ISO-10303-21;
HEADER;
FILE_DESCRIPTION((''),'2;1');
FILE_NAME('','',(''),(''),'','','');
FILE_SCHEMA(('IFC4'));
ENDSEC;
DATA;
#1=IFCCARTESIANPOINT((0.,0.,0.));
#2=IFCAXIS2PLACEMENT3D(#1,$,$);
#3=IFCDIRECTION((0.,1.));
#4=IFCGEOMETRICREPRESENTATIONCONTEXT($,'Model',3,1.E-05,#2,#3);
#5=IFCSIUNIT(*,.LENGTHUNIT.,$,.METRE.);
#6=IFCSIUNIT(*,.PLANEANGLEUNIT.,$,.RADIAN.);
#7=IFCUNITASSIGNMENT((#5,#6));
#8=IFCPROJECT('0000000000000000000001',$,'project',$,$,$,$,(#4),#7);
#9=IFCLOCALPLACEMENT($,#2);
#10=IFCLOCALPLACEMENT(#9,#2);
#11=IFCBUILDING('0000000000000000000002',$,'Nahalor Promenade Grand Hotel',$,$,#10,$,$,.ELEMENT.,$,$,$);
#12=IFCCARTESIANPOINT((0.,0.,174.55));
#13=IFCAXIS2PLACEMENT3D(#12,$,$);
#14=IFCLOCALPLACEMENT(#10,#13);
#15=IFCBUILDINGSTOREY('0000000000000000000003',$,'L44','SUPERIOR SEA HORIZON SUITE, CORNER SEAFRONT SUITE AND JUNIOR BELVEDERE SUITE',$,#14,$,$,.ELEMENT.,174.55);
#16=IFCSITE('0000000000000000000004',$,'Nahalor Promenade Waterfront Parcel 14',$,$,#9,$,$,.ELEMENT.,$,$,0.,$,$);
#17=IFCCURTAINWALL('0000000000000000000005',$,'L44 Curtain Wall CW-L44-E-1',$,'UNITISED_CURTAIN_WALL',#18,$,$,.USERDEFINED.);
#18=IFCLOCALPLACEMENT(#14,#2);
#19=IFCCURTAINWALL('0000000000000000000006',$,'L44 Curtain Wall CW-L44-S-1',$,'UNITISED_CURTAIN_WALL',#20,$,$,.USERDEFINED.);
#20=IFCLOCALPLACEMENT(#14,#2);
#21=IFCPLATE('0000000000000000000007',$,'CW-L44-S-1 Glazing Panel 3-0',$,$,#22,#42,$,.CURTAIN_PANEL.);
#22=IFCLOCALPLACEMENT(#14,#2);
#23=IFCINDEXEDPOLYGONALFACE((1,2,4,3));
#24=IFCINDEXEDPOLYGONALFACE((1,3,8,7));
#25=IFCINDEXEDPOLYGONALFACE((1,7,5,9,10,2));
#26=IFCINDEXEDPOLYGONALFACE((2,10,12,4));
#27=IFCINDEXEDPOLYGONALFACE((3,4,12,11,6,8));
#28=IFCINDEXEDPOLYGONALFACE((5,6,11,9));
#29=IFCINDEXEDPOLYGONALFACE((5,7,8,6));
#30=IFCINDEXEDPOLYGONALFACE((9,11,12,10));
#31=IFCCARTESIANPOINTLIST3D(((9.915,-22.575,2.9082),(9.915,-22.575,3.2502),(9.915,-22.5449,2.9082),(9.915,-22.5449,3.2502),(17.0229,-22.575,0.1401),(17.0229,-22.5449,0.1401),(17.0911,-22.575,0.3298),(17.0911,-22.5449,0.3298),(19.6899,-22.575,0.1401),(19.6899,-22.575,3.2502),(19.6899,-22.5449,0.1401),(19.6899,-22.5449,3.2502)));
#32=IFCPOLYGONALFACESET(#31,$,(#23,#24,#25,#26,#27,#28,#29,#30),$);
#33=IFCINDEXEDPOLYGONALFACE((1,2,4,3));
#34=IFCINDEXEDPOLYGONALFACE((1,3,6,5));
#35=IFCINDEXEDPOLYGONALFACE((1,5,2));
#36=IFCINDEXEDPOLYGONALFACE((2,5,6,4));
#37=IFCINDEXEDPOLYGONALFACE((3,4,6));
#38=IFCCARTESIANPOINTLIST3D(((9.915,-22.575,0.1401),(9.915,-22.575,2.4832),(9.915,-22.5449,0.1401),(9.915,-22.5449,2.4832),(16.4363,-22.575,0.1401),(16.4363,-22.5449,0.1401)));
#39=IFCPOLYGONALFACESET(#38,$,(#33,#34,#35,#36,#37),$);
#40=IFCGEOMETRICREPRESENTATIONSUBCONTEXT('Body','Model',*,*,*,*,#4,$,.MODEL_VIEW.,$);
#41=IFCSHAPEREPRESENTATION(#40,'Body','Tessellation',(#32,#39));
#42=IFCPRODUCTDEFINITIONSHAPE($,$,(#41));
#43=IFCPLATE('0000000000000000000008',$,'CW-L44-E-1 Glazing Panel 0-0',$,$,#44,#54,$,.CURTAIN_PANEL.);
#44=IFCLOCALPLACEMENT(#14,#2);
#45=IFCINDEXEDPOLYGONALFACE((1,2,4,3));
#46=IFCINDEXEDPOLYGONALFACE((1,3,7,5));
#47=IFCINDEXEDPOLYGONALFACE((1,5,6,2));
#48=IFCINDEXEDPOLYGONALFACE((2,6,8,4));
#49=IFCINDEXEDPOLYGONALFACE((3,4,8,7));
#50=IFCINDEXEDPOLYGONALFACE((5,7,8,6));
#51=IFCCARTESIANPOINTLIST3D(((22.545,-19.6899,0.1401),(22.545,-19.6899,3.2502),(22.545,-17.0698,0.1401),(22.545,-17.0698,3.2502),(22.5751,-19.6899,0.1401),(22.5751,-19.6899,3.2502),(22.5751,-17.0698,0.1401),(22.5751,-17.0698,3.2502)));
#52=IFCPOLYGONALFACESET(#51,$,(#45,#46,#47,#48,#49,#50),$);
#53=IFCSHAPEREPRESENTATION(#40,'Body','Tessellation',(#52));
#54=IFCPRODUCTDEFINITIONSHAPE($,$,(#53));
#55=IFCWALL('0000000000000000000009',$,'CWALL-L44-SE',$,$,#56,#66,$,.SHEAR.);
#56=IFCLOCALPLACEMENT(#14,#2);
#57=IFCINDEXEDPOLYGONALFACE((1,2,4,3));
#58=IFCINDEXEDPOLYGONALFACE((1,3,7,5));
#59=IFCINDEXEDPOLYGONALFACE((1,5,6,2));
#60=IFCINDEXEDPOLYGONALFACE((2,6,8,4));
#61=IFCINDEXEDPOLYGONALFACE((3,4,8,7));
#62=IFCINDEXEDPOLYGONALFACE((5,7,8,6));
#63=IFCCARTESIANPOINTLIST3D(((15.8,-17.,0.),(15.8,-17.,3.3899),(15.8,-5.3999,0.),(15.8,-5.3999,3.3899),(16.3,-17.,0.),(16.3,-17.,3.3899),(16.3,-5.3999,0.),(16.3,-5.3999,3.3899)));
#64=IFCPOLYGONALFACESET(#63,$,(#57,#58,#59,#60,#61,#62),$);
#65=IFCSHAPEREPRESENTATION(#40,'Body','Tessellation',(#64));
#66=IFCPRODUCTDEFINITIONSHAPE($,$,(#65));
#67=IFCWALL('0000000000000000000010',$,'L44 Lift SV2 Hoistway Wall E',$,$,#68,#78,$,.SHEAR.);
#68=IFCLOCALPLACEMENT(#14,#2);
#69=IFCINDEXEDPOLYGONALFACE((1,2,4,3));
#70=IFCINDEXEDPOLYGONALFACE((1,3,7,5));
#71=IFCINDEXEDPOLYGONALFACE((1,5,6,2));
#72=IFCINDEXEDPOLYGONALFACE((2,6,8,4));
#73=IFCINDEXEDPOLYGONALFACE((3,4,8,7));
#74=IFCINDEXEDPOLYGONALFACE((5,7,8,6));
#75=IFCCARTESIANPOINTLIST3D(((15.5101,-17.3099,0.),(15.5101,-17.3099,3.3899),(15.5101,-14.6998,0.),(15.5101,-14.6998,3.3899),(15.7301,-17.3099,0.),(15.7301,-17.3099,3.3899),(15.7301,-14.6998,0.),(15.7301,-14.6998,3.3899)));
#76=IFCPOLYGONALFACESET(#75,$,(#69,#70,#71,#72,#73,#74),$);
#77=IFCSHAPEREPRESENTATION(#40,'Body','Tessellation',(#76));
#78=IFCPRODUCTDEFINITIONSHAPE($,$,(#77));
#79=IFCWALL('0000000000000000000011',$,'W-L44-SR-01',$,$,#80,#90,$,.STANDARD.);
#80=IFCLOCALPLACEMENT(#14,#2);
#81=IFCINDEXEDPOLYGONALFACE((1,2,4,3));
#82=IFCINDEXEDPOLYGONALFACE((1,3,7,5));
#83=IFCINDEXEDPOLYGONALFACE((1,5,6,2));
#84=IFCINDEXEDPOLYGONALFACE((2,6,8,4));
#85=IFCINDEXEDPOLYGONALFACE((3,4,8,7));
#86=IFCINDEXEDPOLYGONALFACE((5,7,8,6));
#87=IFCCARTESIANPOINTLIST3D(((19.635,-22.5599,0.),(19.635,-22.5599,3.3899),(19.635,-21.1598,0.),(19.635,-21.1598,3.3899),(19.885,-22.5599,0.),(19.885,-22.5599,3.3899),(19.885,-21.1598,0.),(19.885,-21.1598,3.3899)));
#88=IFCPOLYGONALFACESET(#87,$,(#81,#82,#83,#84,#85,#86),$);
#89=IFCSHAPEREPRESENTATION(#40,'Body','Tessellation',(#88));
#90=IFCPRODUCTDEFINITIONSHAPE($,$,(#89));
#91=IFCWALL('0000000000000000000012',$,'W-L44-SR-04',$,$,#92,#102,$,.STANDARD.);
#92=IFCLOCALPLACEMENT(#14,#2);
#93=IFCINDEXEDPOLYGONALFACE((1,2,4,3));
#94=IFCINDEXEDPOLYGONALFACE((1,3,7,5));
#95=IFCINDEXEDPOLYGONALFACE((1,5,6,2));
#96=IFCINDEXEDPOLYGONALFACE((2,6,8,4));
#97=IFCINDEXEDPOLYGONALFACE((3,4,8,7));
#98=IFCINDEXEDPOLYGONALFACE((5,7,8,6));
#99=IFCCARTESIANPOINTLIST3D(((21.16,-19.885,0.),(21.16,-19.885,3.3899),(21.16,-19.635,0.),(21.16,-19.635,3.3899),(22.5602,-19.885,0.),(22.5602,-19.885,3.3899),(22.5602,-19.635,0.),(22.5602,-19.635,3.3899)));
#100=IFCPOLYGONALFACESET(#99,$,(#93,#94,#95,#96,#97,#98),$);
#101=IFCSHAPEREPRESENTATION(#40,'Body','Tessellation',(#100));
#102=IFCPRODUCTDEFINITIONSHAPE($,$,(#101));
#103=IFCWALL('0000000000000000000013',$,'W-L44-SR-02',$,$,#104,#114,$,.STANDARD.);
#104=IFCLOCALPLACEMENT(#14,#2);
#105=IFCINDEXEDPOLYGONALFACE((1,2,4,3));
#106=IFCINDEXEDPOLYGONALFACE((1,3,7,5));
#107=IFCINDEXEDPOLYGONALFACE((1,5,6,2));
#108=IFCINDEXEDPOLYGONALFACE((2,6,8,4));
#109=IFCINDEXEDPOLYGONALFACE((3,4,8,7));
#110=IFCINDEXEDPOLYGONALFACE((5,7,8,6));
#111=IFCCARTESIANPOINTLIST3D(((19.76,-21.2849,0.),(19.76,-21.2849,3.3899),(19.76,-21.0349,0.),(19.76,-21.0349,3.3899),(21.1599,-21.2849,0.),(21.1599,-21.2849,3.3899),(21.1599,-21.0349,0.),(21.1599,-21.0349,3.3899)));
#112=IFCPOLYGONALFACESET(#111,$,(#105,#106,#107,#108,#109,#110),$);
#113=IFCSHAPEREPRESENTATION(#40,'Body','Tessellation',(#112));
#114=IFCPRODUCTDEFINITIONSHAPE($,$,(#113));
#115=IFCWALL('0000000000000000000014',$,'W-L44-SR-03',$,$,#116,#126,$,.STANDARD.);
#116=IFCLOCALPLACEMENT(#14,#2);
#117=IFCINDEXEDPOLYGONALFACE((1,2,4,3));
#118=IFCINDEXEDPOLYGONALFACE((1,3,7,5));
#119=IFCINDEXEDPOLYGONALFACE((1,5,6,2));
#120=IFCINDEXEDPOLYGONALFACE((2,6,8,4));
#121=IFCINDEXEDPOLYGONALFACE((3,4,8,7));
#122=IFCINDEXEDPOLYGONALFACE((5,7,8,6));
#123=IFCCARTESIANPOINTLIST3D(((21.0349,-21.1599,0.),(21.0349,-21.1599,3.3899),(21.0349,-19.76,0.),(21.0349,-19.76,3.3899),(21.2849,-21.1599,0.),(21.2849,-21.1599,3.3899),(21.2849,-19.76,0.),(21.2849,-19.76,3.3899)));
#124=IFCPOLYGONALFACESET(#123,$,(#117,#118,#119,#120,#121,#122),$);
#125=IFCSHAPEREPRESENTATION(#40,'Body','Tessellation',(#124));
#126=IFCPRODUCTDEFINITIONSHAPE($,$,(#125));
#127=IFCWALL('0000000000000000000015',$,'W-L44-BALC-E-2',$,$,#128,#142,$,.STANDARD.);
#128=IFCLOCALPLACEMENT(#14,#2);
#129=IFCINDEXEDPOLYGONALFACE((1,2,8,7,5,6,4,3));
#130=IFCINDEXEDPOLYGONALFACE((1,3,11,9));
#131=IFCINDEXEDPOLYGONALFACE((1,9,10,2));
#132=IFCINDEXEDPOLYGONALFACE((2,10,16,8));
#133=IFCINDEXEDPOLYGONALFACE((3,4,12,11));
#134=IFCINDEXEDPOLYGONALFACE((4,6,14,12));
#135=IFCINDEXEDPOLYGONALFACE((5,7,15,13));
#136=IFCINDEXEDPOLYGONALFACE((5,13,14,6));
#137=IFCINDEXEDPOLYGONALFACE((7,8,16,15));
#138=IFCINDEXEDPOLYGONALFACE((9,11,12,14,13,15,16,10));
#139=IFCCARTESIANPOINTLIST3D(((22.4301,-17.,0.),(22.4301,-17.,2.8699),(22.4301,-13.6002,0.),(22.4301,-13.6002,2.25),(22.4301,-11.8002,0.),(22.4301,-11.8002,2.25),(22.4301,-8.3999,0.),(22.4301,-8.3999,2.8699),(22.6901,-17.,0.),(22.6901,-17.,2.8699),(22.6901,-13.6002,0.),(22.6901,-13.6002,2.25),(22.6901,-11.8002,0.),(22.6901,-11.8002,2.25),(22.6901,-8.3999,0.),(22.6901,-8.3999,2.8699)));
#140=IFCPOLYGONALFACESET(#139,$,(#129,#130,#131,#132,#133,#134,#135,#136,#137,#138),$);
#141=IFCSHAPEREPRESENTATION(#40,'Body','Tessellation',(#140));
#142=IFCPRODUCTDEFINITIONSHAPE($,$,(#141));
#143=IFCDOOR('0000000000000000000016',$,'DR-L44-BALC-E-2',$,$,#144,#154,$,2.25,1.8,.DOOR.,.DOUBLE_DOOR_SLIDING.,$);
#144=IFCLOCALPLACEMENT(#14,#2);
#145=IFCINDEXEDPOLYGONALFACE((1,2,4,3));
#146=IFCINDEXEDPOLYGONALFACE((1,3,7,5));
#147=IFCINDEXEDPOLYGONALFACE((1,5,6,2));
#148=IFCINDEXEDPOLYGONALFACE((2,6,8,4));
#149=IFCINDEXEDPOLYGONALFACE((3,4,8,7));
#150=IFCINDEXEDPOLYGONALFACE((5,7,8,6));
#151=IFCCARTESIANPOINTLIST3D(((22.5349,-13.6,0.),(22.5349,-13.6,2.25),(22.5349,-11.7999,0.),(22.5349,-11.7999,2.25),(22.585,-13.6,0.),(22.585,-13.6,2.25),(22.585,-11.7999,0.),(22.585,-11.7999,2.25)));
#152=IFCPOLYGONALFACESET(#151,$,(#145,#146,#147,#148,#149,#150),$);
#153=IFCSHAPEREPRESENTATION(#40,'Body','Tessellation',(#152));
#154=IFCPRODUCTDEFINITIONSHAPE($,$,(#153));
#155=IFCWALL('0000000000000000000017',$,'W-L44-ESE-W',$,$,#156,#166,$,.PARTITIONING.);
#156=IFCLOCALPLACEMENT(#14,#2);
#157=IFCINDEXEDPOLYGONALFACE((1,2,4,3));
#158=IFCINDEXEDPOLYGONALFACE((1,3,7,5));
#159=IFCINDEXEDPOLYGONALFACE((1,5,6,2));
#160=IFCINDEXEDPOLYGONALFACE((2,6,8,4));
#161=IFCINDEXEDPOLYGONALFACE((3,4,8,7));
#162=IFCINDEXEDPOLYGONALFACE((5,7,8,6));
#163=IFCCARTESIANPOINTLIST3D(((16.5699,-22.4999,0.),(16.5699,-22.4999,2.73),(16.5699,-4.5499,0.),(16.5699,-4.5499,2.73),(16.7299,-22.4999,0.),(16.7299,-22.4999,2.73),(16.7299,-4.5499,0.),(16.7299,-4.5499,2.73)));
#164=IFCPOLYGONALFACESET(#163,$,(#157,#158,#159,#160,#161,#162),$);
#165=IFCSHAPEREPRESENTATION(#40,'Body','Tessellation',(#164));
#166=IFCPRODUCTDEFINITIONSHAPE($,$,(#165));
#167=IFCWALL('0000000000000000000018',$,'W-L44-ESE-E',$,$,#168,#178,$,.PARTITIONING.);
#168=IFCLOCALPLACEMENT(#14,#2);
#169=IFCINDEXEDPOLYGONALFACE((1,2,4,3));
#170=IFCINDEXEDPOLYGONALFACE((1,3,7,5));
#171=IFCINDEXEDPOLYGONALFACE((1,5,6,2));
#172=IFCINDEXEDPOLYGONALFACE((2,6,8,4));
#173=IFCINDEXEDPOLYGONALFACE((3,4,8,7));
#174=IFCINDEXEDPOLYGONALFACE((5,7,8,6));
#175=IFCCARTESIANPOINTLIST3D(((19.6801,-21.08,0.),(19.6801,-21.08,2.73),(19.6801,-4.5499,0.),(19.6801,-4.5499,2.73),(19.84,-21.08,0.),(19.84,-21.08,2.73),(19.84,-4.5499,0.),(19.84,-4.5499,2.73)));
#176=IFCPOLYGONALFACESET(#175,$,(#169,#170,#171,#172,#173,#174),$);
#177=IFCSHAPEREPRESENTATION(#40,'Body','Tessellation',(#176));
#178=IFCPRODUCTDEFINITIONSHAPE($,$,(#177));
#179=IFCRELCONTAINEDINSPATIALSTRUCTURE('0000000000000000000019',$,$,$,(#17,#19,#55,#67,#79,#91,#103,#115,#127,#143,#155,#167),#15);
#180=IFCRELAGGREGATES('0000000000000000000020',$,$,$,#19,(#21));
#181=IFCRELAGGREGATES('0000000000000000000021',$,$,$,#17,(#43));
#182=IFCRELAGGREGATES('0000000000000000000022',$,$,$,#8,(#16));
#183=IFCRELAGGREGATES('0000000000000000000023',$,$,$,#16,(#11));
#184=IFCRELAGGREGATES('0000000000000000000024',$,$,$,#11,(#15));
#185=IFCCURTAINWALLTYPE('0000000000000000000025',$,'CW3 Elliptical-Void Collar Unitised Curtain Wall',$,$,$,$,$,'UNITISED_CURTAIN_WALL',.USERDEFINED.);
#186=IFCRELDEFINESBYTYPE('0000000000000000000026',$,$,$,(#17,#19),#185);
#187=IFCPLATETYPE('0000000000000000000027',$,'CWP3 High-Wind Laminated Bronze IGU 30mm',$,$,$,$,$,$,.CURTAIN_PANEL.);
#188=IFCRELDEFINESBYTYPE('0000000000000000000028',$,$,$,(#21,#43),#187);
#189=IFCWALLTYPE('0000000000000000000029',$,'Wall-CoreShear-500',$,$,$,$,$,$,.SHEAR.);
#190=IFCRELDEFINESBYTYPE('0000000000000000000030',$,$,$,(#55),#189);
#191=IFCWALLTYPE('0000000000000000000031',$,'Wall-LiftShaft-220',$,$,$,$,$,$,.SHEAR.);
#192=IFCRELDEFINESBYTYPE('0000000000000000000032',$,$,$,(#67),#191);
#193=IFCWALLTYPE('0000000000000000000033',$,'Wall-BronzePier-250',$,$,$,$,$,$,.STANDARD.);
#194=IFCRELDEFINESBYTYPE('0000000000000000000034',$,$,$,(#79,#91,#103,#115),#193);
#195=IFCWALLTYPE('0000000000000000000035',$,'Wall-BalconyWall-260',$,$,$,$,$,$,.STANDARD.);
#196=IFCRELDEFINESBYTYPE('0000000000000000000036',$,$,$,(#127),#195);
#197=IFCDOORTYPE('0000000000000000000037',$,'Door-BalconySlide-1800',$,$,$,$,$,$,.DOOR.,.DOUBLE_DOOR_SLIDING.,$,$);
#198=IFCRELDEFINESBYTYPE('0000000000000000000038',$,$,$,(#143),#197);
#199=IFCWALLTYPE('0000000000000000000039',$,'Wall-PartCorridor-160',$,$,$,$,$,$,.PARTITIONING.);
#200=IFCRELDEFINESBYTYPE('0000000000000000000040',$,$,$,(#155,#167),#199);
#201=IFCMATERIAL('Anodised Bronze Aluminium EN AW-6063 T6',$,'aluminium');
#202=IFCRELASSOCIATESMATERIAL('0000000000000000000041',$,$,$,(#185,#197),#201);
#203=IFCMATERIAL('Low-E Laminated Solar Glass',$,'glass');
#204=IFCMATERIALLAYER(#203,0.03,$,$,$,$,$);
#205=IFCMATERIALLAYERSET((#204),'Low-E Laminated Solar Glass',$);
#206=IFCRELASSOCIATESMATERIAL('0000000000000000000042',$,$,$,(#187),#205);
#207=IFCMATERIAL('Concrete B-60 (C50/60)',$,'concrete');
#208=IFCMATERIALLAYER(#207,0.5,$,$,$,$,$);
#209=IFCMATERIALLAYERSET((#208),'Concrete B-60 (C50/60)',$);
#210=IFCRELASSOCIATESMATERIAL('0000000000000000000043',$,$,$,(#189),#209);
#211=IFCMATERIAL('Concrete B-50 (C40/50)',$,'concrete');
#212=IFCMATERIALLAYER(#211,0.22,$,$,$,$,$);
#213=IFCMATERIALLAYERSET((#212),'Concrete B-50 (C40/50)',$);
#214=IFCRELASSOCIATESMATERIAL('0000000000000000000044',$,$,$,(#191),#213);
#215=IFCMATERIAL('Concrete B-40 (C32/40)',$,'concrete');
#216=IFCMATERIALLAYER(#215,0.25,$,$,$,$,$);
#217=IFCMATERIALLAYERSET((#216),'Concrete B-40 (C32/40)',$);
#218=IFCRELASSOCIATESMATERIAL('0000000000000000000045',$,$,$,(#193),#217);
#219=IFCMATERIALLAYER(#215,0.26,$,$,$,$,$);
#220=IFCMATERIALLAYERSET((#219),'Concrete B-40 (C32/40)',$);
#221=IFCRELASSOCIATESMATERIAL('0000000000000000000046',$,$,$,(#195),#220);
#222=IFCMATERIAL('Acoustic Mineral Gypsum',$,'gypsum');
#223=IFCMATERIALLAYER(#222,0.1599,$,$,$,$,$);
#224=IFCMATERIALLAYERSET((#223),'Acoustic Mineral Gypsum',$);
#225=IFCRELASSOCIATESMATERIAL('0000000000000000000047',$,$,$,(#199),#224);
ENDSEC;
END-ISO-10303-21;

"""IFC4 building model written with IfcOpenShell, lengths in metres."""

from ifc_helpers import new_model, si_unit, direction, frame, frame_2d, origin, origin_2d, place, context, subcontext, project, spatial, polyline, rectangle, outline, extrude, source, transform, mapped, material, layer, layer_set, type_object, element, fill, aggregate, save


model = new_model("IFC4")

# Units and contexts
model_context = context("Model", 3, precision=1e-05, world=origin(), true_north=direction((0.0, 1.0)))
body_context = subcontext(model_context, "Body", "Model", "MODEL_VIEW")
ifc_project = project(units=[si_unit("LENGTHUNIT", "METRE"), si_unit("PLANEANGLEUNIT", "RADIAN")], contexts=[model_context])

# Site, building, storey
site_placement = place(None, origin())
site = spatial("IfcSite", under=ifc_project, at=site_placement, Name="Nahalor Promenade Waterfront Parcel 14", CompositionType="ELEMENT", RefElevation=0.0)
building_placement = place(site_placement, origin())
building = spatial("IfcBuilding", under=site, at=building_placement, Name="Nahalor Promenade Grand Hotel", CompositionType="ELEMENT")
storey_placement = place(building_placement, frame((0.0, 0.0, 174.55)))
storey = spatial("IfcBuildingStorey", under=building, at=storey_placement, Name="L44", Description="SUPERIOR SEA HORIZON SUITE, CORNER SEAFRONT SUITE AND JUNIOR BELVEDERE SUITE", CompositionType="ELEMENT", Elevation=174.55)

# Shared definitions
ifc_material_1 = material(Name="Concrete B-60 (C50/60)", Category="concrete")

# Curtain wall
ifc_material_2 = material(Name="Anodised Bronze Aluminium EN AW-6063 T6", Category="aluminium")
curtain_wall_type = type_object("IfcCurtainWallType", Name="CW3 Elliptical-Void Collar Unitised Curtain Wall", ElementType="UNITISED_CURTAIN_WALL", PredefinedType="USERDEFINED", material=ifc_material_2)
curtain_wall_1_placement = place(storey_placement, origin())
curtain_wall_1 = element("IfcCurtainWall", 1, at=curtain_wall_1_placement, inside=storey, type_object=curtain_wall_type, Name="L44 Curtain Wall CW-L44-E-1", ObjectType="UNITISED_CURTAIN_WALL", PredefinedType="USERDEFINED")

# Curtain wall
curtain_wall_2_placement = place(storey_placement, origin())
curtain_wall_2 = element("IfcCurtainWall", 2, at=curtain_wall_2_placement, inside=storey, type_object=curtain_wall_type, Name="L44 Curtain Wall CW-L44-S-1", ObjectType="UNITISED_CURTAIN_WALL", PredefinedType="USERDEFINED")

# Plates
ifc_material_3 = material(Name="Low-E Laminated Solar Glass", Category="glass")
ifc_layer_1 = layer(ifc_material_3, 0.03)
ifc_layer_set_1 = layer_set([ifc_layer_1], Name="Low-E Laminated Solar Glass")
plate_type = type_object("IfcPlateType", Name="CWP3 High-Wind Laminated Bronze IGU 30mm", PredefinedType="CURTAIN_PANEL", material=ifc_layer_set_1)
plate_1_placement = place(storey_placement, frame((14.8025, -22.5601, 0.1401), z_axis=(0.0, 0.0, 1.0), x_axis=(1.0, 0.0, 0.0)))
plate_1 = element("IfcPlate", 3, at=plate_1_placement, type_object=plate_type, Name="CW-L44-S-1 Glazing Panel 3-0", PredefinedType="CURTAIN_PANEL", context=body_context, shape_type="SweptSolid", body=[
    extrude(outline(polyline([(4.8875, 3.1101), (-4.8875, 3.1101), (-4.8875, 2.7681), (2.2886, 0.1897), (2.2205, 0.0), (4.8875, 0.0), (4.8875, 3.1101)])), frame((0.0, 0.0151, 0.0), z_axis=(0.0, -1.0, 0.0), x_axis=(1.0, 0.0, 0.0)), (0.0, 0.0, 1.0), 0.03),
    extrude(outline(polyline([(-4.8875, 2.343), (-4.8875, 0.0), (1.6338, 0.0), (-4.8875, 2.343)])), frame((0.0, 0.0151, 0.0), z_axis=(0.0, -1.0, 0.0), x_axis=(1.0, 0.0, 0.0)), (0.0, 0.0, 1.0), 0.03),
])
aggregate(curtain_wall_2, [plate_1])
shared_shape_1 = source(origin(), body_context, "Body", "SweptSolid", [
    extrude(rectangle(XDim=2.6201, YDim=0.03, at=origin_2d()), origin(), (0.0, 0.0, 1.0), 3.1101),
])
plate_2_placement = place(storey_placement, frame((22.5601, -18.3799, 0.1401), z_axis=(0.0, 0.0, 1.0), x_axis=(0.0, 1.0, 0.0)))
plate_2 = element("IfcPlate", 4, at=plate_2_placement, type_object=plate_type, Name="CW-L44-E-1 Glazing Panel 0-0", PredefinedType="CURTAIN_PANEL", context=body_context, shape_type="MappedRepresentation", body=[
    mapped(shared_shape_1, transform((0.0, 0.0, 0.0), scale=1.0)),
])
aggregate(curtain_wall_1, [plate_2])

# Walls
ifc_layer_2 = layer(ifc_material_1, 0.5)
ifc_layer_set_2 = layer_set([ifc_layer_2], Name="Concrete B-60 (C50/60)")
wall_type_1 = type_object("IfcWallType", Name="Wall-CoreShear-500", PredefinedType="SHEAR", material=ifc_layer_set_2)
shared_shape_2 = source(origin(), body_context, "Body", "SweptSolid", [
    extrude(rectangle(XDim=11.6001, YDim=0.5, at=frame_2d((5.8, 0.0))), origin(), (0.0, 0.0, 1.0), 3.3899),
])
wall_1_placement = place(storey_placement, frame((16.05, -17.0, 0.0), z_axis=(0.0, 0.0, 1.0), x_axis=(0.0, 1.0, 0.0)))
element("IfcWall", 5, at=wall_1_placement, inside=storey, type_object=wall_type_1, Name="CWALL-L44-SE", PredefinedType="SHEAR", context=body_context, shape_type="MappedRepresentation", body=[
    mapped(shared_shape_2, transform((0.0, 0.0, 0.0), scale=1.0)),
])
ifc_material_4 = material(Name="Concrete B-50 (C40/50)", Category="concrete")
ifc_layer_3 = layer(ifc_material_4, 0.22)
ifc_layer_set_3 = layer_set([ifc_layer_3], Name="Concrete B-50 (C40/50)")
wall_type_2 = type_object("IfcWallType", Name="Wall-LiftShaft-220", PredefinedType="SHEAR", material=ifc_layer_set_3)
shared_shape_3 = source(origin(), body_context, "Body", "SweptSolid", [
    extrude(rectangle(XDim=2.6101, YDim=0.22, at=frame_2d((1.3052, 0.0))), origin(), (0.0, 0.0, 1.0), 3.3899),
])
wall_2_placement = place(storey_placement, frame((15.6201, -17.3101, 0.0), z_axis=(0.0, 0.0, 1.0), x_axis=(0.0, 1.0, 0.0)))
element("IfcWall", 6, at=wall_2_placement, inside=storey, type_object=wall_type_2, Name="L44 Lift SV2 Hoistway Wall E", PredefinedType="SHEAR", context=body_context, shape_type="MappedRepresentation", body=[
    mapped(shared_shape_3, transform((0.0, 0.0, 0.0), scale=1.0)),
])
ifc_material_5 = material(Name="Concrete B-40 (C32/40)", Category="concrete")
ifc_layer_4 = layer(ifc_material_5, 0.25)
ifc_layer_set_4 = layer_set([ifc_layer_4], Name="Concrete B-40 (C32/40)")
wall_type_3 = type_object("IfcWallType", Name="Wall-BronzePier-250", PredefinedType="STANDARD", material=ifc_layer_set_4)
shared_shape_4 = source(origin(), body_context, "Body", "SweptSolid", [
    extrude(rectangle(XDim=1.4001, YDim=0.25, at=frame_2d((0.7002, 0.0))), origin(), (0.0, 0.0, 1.0), 3.3899),
])
for number, where, z_axis, x_axis, name in (
    (7, (19.76, -22.5601, 0.0), (0.0, 0.0, 1.0), (0.0, 1.0, 0.0), "W-L44-SR-01"),
    (8, (21.1599, -19.76, 0.0), (0.0, 0.0, 1.0), (1.0, 0.0, 0.0), "W-L44-SR-04"),
):
    element("IfcWall", number, at=place(storey_placement, frame(where, z_axis=z_axis, x_axis=x_axis)), inside=storey, type_object=wall_type_3, Name=name, PredefinedType="STANDARD", context=body_context, shape_type="MappedRepresentation", body=[
        mapped(shared_shape_4, transform((0.0, 0.0, 0.0), scale=1.0)),
    ])
shared_shape_5 = source(origin(), body_context, "Body", "SweptSolid", [
    extrude(rectangle(XDim=1.3999, YDim=0.25, at=frame_2d((0.7, 0.0))), origin(), (0.0, 0.0, 1.0), 3.3899),
])
for number, where, z_axis, x_axis, name in (
    (9, (19.76, -21.1599, 0.0), (0.0, 0.0, 1.0), (1.0, 0.0, 0.0), "W-L44-SR-02"),
    (10, (21.1599, -21.1599, 0.0), (0.0, 0.0, 1.0), (0.0, 1.0, 0.0), "W-L44-SR-03"),
):
    element("IfcWall", number, at=place(storey_placement, frame(where, z_axis=z_axis, x_axis=x_axis)), inside=storey, type_object=wall_type_3, Name=name, PredefinedType="STANDARD", context=body_context, shape_type="MappedRepresentation", body=[
        mapped(shared_shape_5, transform((0.0, 0.0, 0.0), scale=1.0)),
    ])

# Wall, opening, door
ifc_layer_5 = layer(ifc_material_5, 0.26)
ifc_layer_set_5 = layer_set([ifc_layer_5], Name="Concrete B-40 (C32/40)")
wall_type_4 = type_object("IfcWallType", Name="Wall-BalconyWall-260", PredefinedType="STANDARD", material=ifc_layer_set_5)
shared_shape_6 = source(origin(), body_context, "Body", "SweptSolid", [
    extrude(rectangle(XDim=8.6001, YDim=0.26, at=frame_2d((4.3, 0.0))), origin(), (0.0, 0.0, 1.0), 2.8699),
])
wall_3_placement = place(storey_placement, frame((22.5601, -17.0, 0.0), z_axis=(0.0, 0.0, 1.0), x_axis=(0.0, 1.0, 0.0)))
wall_3 = element("IfcWall", 11, at=wall_3_placement, inside=storey, type_object=wall_type_4, Name="W-L44-BALC-E-2", PredefinedType="STANDARD", context=body_context, shape_type="MappedRepresentation", body=[
    mapped(shared_shape_6, transform((0.0, 0.0, 0.0), scale=1.0)),
])
opening_placement = place(wall_3_placement, frame((3.3999, 0.0, 0.0)))
opening = element("IfcOpeningElement", 12, at=opening_placement, cuts=wall_3, PredefinedType="OPENING", context=body_context, shape_type="SweptSolid", body=[
    extrude(rectangle(XDim=1.8, YDim=2.25, at=frame_2d((0.8999, 1.125))), frame((0.0, 0.1399, 0.0), z_axis=(0.0, -1.0, 0.0), x_axis=(1.0, 0.0, 0.0)), (0.0, 0.0, 1.0), 0.28),
])
door_type = type_object("IfcDoorType", Name="Door-BalconySlide-1800", OperationType="DOUBLE_DOOR_SLIDING", PredefinedType="DOOR", material=ifc_material_2)
shared_shape_7 = source(origin(), body_context, "Body", "SweptSolid", [
    extrude(rectangle(XDim=1.8, YDim=2.25, at=frame_2d((0.8999, 1.125))), frame((0.0, 0.0249, 0.0), z_axis=(0.0, -1.0, 0.0), x_axis=(1.0, 0.0, 0.0)), (0.0, 0.0, 1.0), 0.05),
])
door_placement = place(opening_placement, frame((1.8, 0.0, 0.0), z_axis=(0.0, 0.0, 1.0), x_axis=(-1.0, 0.0, 0.0)))
door = element("IfcDoor", 13, at=door_placement, inside=storey, type_object=door_type, Name="DR-L44-BALC-E-2", OperationType="DOUBLE_DOOR_SLIDING", OverallHeight=2.25, OverallWidth=1.8, PredefinedType="DOOR", context=body_context, shape_type="MappedRepresentation", body=[
    mapped(shared_shape_7, transform((0.0, 0.0, 0.0), scale=1.0)),
])
fill(opening, door)

# Walls
ifc_material_6 = material(Name="Acoustic Mineral Gypsum", Category="gypsum")
ifc_layer_6 = layer(ifc_material_6, 0.1599)
ifc_layer_set_6 = layer_set([ifc_layer_6], Name="Acoustic Mineral Gypsum")
wall_type_5 = type_object("IfcWallType", Name="Wall-PartCorridor-160", PredefinedType="PARTITIONING", material=ifc_layer_set_6)
shared_shape_8 = source(origin(), body_context, "Body", "SweptSolid", [
    extrude(rectangle(XDim=17.95, YDim=0.1599, at=frame_2d((8.9751, 0.0))), origin(), (0.0, 0.0, 1.0), 2.73),
])
wall_4_placement = place(storey_placement, frame((16.6499, -22.5, 0.0), z_axis=(0.0, 0.0, 1.0), x_axis=(0.0, 1.0, 0.0)))
element("IfcWall", 14, at=wall_4_placement, inside=storey, type_object=wall_type_5, Name="W-L44-ESE-W", PredefinedType="PARTITIONING", context=body_context, shape_type="MappedRepresentation", body=[
    mapped(shared_shape_8, transform((0.0, 0.0, 0.0), scale=1.0)),
])
shared_shape_9 = source(origin(), body_context, "Body", "SweptSolid", [
    extrude(rectangle(XDim=16.53, YDim=0.1599, at=frame_2d((8.2651, 0.0))), origin(), (0.0, 0.0, 1.0), 2.73),
])
wall_5_placement = place(storey_placement, frame((19.76, -21.0801, 0.0), z_axis=(0.0, 0.0, 1.0), x_axis=(0.0, 1.0, 0.0)))
element("IfcWall", 15, at=wall_5_placement, inside=storey, type_object=wall_type_5, Name="W-L44-ESE-E", PredefinedType="PARTITIONING", context=body_context, shape_type="MappedRepresentation", body=[
    mapped(shared_shape_9, transform((0.0, 0.0, 0.0), scale=1.0)),
])

save(model, "model.ifc")
